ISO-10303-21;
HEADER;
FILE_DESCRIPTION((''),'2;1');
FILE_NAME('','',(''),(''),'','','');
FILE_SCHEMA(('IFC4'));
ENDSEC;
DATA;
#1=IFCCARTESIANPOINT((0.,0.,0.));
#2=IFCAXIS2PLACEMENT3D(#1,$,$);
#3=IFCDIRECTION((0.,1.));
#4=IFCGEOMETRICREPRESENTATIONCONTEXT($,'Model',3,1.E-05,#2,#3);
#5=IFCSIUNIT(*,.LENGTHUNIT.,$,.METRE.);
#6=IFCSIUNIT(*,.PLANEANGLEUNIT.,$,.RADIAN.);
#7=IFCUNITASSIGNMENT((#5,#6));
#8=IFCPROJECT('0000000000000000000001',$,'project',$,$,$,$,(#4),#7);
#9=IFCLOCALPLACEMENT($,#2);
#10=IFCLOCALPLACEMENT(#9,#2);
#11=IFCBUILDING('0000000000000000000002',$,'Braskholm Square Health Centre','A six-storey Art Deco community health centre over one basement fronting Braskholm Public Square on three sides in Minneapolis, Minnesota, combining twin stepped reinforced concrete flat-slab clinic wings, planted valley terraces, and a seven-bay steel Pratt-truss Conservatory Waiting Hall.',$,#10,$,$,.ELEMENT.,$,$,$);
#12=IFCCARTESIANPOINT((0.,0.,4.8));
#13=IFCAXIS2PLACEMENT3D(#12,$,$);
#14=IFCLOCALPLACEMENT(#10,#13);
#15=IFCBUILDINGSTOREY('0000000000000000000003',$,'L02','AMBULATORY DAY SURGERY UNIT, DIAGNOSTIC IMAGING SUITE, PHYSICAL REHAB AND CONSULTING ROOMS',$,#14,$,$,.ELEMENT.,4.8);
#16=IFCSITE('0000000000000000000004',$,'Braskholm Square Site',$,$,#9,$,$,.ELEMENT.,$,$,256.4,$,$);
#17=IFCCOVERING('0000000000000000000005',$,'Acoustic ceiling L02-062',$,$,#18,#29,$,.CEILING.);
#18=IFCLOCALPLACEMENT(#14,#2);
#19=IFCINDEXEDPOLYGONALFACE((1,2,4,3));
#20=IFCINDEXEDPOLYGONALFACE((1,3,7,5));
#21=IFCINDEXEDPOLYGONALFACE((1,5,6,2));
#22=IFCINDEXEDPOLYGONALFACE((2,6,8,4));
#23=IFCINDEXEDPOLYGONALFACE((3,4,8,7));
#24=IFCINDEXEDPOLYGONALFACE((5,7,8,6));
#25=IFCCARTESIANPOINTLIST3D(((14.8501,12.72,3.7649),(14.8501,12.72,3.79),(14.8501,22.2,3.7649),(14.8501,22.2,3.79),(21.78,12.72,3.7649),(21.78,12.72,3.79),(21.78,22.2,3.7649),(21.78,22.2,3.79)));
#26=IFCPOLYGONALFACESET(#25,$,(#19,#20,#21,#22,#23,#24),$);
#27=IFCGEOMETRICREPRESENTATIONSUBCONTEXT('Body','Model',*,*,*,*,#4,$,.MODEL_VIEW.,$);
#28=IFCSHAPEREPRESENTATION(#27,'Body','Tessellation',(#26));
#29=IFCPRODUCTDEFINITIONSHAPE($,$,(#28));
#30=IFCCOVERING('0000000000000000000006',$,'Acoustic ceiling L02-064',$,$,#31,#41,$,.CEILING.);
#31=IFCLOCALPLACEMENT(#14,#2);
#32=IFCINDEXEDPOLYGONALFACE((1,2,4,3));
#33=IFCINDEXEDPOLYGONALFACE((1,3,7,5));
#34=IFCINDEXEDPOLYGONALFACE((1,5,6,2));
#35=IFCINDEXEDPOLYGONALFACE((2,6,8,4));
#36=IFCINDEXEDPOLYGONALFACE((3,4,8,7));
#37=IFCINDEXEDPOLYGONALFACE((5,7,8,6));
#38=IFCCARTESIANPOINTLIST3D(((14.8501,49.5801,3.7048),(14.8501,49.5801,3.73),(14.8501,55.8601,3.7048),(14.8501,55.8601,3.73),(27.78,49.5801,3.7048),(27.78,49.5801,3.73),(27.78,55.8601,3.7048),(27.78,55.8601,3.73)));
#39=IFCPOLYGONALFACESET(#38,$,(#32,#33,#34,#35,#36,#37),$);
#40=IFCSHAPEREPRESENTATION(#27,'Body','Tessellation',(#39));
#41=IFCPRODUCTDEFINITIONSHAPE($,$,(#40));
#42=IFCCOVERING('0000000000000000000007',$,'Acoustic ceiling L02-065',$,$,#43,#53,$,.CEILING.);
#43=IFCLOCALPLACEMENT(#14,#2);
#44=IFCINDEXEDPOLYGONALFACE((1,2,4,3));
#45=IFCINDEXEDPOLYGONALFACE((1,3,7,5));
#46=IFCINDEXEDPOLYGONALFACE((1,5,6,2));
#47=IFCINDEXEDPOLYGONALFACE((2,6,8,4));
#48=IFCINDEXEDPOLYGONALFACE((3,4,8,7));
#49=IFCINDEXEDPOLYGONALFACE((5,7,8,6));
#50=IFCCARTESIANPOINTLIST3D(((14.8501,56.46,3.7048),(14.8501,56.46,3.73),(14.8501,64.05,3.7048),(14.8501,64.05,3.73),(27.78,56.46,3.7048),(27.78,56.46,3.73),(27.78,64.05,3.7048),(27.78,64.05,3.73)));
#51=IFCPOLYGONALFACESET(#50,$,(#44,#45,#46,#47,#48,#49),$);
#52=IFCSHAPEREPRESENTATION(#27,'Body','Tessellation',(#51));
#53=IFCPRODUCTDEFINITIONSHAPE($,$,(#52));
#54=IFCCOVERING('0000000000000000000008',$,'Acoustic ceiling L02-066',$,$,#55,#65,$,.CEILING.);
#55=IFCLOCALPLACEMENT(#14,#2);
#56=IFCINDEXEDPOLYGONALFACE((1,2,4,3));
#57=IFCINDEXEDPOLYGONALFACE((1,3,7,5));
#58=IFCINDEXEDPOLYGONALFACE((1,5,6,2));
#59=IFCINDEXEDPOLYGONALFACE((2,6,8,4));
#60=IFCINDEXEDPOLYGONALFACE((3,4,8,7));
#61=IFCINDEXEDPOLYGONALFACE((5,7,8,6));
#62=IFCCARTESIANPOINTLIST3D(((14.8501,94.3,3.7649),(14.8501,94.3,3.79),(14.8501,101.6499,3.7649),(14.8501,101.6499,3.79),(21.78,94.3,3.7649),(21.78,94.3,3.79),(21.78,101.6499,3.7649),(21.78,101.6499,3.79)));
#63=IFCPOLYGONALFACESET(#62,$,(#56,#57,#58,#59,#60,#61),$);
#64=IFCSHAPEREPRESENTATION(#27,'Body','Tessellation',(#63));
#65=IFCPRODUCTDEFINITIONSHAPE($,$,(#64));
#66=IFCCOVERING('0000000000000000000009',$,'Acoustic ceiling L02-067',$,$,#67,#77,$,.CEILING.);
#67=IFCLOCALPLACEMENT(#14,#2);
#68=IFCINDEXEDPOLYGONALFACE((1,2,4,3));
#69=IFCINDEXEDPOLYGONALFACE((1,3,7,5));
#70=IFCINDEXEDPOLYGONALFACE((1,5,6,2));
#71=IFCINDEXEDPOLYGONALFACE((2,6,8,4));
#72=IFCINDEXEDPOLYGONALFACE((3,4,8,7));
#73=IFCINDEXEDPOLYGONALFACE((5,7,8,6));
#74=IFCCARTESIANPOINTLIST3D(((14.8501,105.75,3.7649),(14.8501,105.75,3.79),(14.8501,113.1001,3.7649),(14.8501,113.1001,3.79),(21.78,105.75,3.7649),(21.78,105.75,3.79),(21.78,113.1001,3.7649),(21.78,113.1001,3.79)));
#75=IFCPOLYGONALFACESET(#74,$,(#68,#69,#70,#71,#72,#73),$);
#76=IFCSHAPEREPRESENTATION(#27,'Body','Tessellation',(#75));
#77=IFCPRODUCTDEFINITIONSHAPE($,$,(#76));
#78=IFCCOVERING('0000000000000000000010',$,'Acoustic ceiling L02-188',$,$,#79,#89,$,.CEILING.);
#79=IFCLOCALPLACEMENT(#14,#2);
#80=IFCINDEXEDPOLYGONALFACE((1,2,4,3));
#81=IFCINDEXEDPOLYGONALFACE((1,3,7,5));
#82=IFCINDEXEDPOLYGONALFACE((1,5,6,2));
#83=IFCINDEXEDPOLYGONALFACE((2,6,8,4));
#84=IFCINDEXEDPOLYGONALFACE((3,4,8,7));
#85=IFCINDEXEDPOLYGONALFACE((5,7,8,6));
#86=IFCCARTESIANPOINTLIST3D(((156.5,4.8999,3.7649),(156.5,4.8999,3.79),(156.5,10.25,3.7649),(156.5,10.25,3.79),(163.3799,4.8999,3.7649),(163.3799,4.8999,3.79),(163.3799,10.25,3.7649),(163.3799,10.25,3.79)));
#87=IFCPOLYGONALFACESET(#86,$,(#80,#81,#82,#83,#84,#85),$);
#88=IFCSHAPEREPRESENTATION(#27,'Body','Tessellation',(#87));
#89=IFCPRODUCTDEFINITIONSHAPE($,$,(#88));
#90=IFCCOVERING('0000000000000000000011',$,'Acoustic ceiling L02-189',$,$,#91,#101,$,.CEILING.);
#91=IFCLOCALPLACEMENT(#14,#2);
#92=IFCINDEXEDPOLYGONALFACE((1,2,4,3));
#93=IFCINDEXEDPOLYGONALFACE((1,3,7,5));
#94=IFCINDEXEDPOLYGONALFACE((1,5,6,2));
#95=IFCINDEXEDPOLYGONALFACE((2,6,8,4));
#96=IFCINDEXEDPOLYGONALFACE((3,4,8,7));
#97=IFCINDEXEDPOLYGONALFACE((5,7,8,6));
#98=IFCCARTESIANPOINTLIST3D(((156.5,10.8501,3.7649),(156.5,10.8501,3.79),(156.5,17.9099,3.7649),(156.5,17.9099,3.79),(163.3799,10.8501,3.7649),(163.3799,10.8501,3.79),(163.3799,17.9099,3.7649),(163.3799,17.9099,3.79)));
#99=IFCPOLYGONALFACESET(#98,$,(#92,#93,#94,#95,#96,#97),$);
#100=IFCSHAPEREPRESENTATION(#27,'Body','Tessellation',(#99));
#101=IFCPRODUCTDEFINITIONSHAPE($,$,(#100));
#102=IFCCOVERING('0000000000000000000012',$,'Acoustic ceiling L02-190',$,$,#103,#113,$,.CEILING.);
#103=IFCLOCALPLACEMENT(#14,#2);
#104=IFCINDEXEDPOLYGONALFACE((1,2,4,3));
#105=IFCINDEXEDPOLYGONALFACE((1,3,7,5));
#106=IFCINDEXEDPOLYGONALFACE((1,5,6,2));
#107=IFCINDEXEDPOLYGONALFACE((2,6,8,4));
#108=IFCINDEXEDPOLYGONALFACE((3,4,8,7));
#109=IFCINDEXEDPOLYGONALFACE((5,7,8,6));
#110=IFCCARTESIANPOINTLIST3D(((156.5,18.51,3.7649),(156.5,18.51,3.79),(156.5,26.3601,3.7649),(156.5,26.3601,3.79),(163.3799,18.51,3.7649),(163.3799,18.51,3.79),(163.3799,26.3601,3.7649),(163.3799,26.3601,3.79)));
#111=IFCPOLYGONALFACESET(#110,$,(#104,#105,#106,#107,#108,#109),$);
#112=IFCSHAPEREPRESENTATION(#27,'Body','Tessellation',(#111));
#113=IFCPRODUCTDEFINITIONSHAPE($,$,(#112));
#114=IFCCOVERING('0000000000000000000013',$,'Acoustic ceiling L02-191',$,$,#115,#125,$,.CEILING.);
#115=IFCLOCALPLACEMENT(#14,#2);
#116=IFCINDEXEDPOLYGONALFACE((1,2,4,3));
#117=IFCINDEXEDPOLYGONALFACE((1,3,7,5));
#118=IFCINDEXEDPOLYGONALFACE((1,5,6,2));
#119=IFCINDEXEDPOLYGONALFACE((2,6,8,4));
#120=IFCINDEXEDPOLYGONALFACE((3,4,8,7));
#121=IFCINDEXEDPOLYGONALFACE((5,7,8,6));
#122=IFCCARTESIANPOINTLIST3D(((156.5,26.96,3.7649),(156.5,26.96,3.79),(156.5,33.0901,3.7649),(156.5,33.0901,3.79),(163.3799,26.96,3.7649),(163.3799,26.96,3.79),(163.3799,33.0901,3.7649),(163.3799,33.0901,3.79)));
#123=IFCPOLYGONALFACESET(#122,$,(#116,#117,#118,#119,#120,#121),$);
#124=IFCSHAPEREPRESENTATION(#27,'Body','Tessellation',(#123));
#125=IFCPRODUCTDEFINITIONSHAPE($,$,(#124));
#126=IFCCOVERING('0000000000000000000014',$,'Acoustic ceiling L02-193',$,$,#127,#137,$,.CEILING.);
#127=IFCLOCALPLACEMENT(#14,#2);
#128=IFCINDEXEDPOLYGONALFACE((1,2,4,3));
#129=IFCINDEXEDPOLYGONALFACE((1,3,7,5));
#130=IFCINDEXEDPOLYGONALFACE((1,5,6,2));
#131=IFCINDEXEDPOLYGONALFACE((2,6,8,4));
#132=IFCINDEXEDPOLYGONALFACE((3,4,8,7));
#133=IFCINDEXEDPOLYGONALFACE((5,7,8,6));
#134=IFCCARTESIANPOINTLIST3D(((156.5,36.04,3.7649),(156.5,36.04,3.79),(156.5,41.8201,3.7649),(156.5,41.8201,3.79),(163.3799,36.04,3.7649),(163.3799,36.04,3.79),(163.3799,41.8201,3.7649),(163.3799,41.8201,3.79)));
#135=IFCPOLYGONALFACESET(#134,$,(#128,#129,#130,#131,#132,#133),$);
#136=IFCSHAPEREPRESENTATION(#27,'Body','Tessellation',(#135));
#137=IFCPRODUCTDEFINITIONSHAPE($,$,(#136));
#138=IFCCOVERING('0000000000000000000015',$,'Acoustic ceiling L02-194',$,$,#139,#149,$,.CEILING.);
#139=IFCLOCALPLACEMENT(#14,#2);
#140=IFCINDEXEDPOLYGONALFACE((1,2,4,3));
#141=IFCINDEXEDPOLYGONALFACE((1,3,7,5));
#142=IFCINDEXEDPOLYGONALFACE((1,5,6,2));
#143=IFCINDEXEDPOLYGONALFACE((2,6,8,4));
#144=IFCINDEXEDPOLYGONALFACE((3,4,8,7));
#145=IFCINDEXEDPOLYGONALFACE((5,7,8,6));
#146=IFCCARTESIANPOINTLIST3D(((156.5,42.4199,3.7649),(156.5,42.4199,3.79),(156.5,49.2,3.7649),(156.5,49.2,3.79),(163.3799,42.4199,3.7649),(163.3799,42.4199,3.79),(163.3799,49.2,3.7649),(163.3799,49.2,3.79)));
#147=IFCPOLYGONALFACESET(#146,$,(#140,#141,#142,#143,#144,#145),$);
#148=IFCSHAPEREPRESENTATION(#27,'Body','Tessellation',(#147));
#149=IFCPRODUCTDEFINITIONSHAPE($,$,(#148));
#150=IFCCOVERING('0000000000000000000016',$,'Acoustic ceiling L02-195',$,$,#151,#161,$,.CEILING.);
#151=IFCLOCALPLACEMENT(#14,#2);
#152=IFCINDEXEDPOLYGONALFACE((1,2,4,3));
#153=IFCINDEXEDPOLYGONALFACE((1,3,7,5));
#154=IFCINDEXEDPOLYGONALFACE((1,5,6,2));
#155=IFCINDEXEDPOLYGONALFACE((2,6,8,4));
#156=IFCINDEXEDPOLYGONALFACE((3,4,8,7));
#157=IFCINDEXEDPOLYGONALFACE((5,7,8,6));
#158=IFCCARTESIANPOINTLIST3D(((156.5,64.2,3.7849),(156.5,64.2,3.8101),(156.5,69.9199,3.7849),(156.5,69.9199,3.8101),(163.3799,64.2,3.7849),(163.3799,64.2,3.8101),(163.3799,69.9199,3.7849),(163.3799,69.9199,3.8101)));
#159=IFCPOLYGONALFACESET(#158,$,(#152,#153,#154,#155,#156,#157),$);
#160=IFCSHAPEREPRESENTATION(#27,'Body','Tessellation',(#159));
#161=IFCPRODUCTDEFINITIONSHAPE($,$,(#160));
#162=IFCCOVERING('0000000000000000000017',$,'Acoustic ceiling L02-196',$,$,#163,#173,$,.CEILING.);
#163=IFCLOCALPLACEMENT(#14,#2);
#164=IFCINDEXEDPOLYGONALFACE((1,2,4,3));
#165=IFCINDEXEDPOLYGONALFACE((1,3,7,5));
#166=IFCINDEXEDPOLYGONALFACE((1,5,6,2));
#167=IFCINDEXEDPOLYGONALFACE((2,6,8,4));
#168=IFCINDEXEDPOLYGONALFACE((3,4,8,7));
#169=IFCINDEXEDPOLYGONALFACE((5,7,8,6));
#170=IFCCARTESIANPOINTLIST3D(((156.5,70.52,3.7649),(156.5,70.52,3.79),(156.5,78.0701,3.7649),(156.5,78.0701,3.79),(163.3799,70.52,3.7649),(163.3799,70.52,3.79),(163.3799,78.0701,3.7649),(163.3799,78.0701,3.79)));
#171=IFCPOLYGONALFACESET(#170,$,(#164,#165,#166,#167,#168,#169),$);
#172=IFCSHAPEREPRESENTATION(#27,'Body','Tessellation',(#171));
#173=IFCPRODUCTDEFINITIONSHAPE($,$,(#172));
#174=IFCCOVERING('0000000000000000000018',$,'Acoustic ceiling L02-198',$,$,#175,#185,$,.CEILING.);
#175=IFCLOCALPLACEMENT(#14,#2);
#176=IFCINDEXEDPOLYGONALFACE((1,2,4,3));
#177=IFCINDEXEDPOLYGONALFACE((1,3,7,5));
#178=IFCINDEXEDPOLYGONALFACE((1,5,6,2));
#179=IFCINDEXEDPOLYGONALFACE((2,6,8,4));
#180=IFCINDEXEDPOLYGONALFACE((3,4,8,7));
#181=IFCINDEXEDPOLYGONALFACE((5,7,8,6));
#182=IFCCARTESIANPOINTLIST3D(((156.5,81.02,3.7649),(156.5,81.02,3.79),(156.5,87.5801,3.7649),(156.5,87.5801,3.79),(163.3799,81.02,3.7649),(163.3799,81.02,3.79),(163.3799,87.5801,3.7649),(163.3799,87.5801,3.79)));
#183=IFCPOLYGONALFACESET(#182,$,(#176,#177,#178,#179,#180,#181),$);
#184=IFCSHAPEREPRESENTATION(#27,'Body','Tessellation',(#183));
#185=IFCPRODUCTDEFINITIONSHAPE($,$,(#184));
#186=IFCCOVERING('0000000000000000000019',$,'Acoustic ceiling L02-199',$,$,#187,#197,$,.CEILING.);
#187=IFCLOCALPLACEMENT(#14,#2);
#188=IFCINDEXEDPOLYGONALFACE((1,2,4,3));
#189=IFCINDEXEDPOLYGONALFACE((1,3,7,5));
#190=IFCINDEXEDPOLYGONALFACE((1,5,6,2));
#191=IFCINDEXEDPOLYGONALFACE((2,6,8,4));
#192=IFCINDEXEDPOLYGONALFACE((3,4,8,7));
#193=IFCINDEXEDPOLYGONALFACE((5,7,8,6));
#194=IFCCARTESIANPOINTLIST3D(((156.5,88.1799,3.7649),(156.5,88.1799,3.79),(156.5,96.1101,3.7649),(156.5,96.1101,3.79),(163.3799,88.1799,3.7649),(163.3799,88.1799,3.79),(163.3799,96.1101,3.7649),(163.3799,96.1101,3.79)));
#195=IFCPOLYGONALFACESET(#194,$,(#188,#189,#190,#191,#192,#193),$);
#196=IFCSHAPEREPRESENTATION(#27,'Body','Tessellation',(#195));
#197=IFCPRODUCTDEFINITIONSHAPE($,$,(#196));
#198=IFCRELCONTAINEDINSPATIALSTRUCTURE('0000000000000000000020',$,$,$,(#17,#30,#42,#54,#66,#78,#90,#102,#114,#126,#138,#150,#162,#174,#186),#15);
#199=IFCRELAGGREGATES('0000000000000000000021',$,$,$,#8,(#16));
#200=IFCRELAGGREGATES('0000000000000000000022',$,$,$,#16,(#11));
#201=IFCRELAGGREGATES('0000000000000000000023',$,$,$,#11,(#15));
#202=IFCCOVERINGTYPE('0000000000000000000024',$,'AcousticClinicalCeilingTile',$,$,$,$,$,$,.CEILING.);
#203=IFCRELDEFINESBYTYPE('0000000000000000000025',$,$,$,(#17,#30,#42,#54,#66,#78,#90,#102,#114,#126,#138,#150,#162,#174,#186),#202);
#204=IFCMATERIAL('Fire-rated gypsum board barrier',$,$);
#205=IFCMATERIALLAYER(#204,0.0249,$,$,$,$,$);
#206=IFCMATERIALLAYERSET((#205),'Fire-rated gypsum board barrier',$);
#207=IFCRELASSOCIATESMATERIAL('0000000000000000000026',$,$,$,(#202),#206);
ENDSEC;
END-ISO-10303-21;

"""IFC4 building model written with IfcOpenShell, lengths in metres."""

from ifc_helpers import new_model, si_unit, direction, frame, origin, place, context, subcontext, project, spatial, polyline, outline, extrude, material, layer, layer_set, type_object, element, save


model = new_model("IFC4")

# Units and contexts
model_context = context("Model", 3, precision=1e-05, world=origin(), true_north=direction((0.0, 1.0)))
body_context = subcontext(model_context, "Body", "Model", "MODEL_VIEW")
ifc_project = project(units=[si_unit("LENGTHUNIT", "METRE"), si_unit("PLANEANGLEUNIT", "RADIAN")], contexts=[model_context])

# Site, building, storey
site_placement = place(None, origin())
site = spatial("IfcSite", under=ifc_project, at=site_placement, Name="Braskholm Square Site", CompositionType="ELEMENT", RefElevation=256.4)
building_placement = place(site_placement, origin())
building = spatial("IfcBuilding", under=site, at=building_placement, Name="Braskholm Square Health Centre", Description="A six-storey Art Deco community health centre over one basement fronting Braskholm Public Square on three sides in Minneapolis, Minnesota, combining twin stepped reinforced concrete flat-slab clinic wings, planted valley terraces, and a seven-bay steel Pratt-truss Conservatory Waiting Hall.", CompositionType="ELEMENT")
storey_placement = place(building_placement, frame((0.0, 0.0, 4.8)))
storey = spatial("IfcBuildingStorey", under=building, at=storey_placement, Name="L02", Description="AMBULATORY DAY SURGERY UNIT, DIAGNOSTIC IMAGING SUITE, PHYSICAL REHAB AND CONSULTING ROOMS", CompositionType="ELEMENT", Elevation=4.8)

# Coverings
ifc_material_1 = material(Name="Fire-rated gypsum board barrier")
ifc_layer_1 = layer(ifc_material_1, 0.0249)
ifc_layer_set_1 = layer_set([ifc_layer_1], Name="Fire-rated gypsum board barrier")
covering_type_1 = type_object("IfcCoveringType", Name="AcousticClinicalCeilingTile", PredefinedType="CEILING", material=ifc_layer_set_1)
covering_1_placement = place(storey_placement, frame((0.0, 0.0, 3.7649)))
element("IfcCovering", 1, at=covering_1_placement, inside=storey, type_object=covering_type_1, Name="Acoustic ceiling L02-062", PredefinedType="CEILING", context=body_context, shape_type="SweptSolid", body=[
    extrude(outline(polyline([(14.8501, 12.72), (21.78, 12.72), (21.78, 22.2), (14.8501, 22.2), (14.8501, 12.72)])), origin(), (0.0, 0.0, 1.0), 0.0251),
])
covering_2_placement = place(storey_placement, frame((0.0, 0.0, 3.7048)))
element("IfcCovering", 2, at=covering_2_placement, inside=storey, type_object=covering_type_1, Name="Acoustic ceiling L02-064", PredefinedType="CEILING", context=body_context, shape_type="SweptSolid", body=[
    extrude(outline(polyline([(14.8501, 49.5801), (27.78, 49.5801), (27.78, 55.8601), (14.8501, 55.8601), (14.8501, 49.5801)])), origin(), (0.0, 0.0, 1.0), 0.0251),
])
covering_3_placement = place(storey_placement, frame((0.0, 0.0, 3.7048)))
element("IfcCovering", 3, at=covering_3_placement, inside=storey, type_object=covering_type_1, Name="Acoustic ceiling L02-065", PredefinedType="CEILING", context=body_context, shape_type="SweptSolid", body=[
    extrude(outline(polyline([(14.8501, 56.46), (27.78, 56.46), (27.78, 64.05), (14.8501, 64.05), (14.8501, 56.46)])), origin(), (0.0, 0.0, 1.0), 0.0251),
])
covering_4_placement = place(storey_placement, frame((0.0, 0.0, 3.7649)))
element("IfcCovering", 4, at=covering_4_placement, inside=storey, type_object=covering_type_1, Name="Acoustic ceiling L02-066", PredefinedType="CEILING", context=body_context, shape_type="SweptSolid", body=[
    extrude(outline(polyline([(14.8501, 94.3), (21.78, 94.3), (21.78, 101.6499), (14.8501, 101.6499), (14.8501, 94.3)])), origin(), (0.0, 0.0, 1.0), 0.0251),
])
covering_5_placement = place(storey_placement, frame((0.0, 0.0, 3.7649)))
element("IfcCovering", 5, at=covering_5_placement, inside=storey, type_object=covering_type_1, Name="Acoustic ceiling L02-067", PredefinedType="CEILING", context=body_context, shape_type="SweptSolid", body=[
    extrude(outline(polyline([(14.8501, 105.75), (21.78, 105.75), (21.78, 113.1001), (14.8501, 113.1001), (14.8501, 105.75)])), origin(), (0.0, 0.0, 1.0), 0.0251),
])
covering_6_placement = place(storey_placement, frame((0.0, 0.0, 3.7649)))
element("IfcCovering", 6, at=covering_6_placement, inside=storey, type_object=covering_type_1, Name="Acoustic ceiling L02-188", PredefinedType="CEILING", context=body_context, shape_type="SweptSolid", body=[
    extrude(outline(polyline([(156.5, 4.8999), (163.3799, 4.8999), (163.3799, 10.25), (156.5, 10.25), (156.5, 4.8999)])), origin(), (0.0, 0.0, 1.0), 0.0251),
])
covering_7_placement = place(storey_placement, frame((0.0, 0.0, 3.7649)))
element("IfcCovering", 7, at=covering_7_placement, inside=storey, type_object=covering_type_1, Name="Acoustic ceiling L02-189", PredefinedType="CEILING", context=body_context, shape_type="SweptSolid", body=[
    extrude(outline(polyline([(156.5, 10.8501), (163.3799, 10.8501), (163.3799, 17.9099), (156.5, 17.9099), (156.5, 10.8501)])), origin(), (0.0, 0.0, 1.0), 0.0251),
])
covering_8_placement = place(storey_placement, frame((0.0, 0.0, 3.7649)))
element("IfcCovering", 8, at=covering_8_placement, inside=storey, type_object=covering_type_1, Name="Acoustic ceiling L02-190", PredefinedType="CEILING", context=body_context, shape_type="SweptSolid", body=[
    extrude(outline(polyline([(156.5, 18.51), (163.3799, 18.51), (163.3799, 26.3601), (156.5, 26.3601), (156.5, 18.51)])), origin(), (0.0, 0.0, 1.0), 0.0251),
])
covering_9_placement = place(storey_placement, frame((0.0, 0.0, 3.7649)))
element("IfcCovering", 9, at=covering_9_placement, inside=storey, type_object=covering_type_1, Name="Acoustic ceiling L02-191", PredefinedType="CEILING", context=body_context, shape_type="SweptSolid", body=[
    extrude(outline(polyline([(156.5, 26.96), (163.3799, 26.96), (163.3799, 33.0901), (156.5, 33.0901), (156.5, 26.96)])), origin(), (0.0, 0.0, 1.0), 0.0251),
])
covering_10_placement = place(storey_placement, frame((0.0, 0.0, 3.7649)))
element("IfcCovering", 10, at=covering_10_placement, inside=storey, type_object=covering_type_1, Name="Acoustic ceiling L02-193", PredefinedType="CEILING", context=body_context, shape_type="SweptSolid", body=[
    extrude(outline(polyline([(156.5, 36.04), (163.3799, 36.04), (163.3799, 41.8201), (156.5, 41.8201), (156.5, 36.04)])), origin(), (0.0, 0.0, 1.0), 0.0251),
])
covering_11_placement = place(storey_placement, frame((0.0, 0.0, 3.7649)))
element("IfcCovering", 11, at=covering_11_placement, inside=storey, type_object=covering_type_1, Name="Acoustic ceiling L02-194", PredefinedType="CEILING", context=body_context, shape_type="SweptSolid", body=[
    extrude(outline(polyline([(156.5, 42.4199), (163.3799, 42.4199), (163.3799, 49.2), (156.5, 49.2), (156.5, 42.4199)])), origin(), (0.0, 0.0, 1.0), 0.0251),
])
covering_12_placement = place(storey_placement, frame((0.0, 0.0, 3.7849)))
element("IfcCovering", 12, at=covering_12_placement, inside=storey, type_object=covering_type_1, Name="Acoustic ceiling L02-195", PredefinedType="CEILING", context=body_context, shape_type="SweptSolid", body=[
    extrude(outline(polyline([(156.5, 64.2), (163.3799, 64.2), (163.3799, 69.9199), (156.5, 69.9199), (156.5, 64.2)])), origin(), (0.0, 0.0, 1.0), 0.0251),
])
covering_13_placement = place(storey_placement, frame((0.0, 0.0, 3.7649)))
element("IfcCovering", 13, at=covering_13_placement, inside=storey, type_object=covering_type_1, Name="Acoustic ceiling L02-196", PredefinedType="CEILING", context=body_context, shape_type="SweptSolid", body=[
    extrude(outline(polyline([(156.5, 70.52), (163.3799, 70.52), (163.3799, 78.0701), (156.5, 78.0701), (156.5, 70.52)])), origin(), (0.0, 0.0, 1.0), 0.0251),
])
covering_14_placement = place(storey_placement, frame((0.0, 0.0, 3.7649)))
element("IfcCovering", 14, at=covering_14_placement, inside=storey, type_object=covering_type_1, Name="Acoustic ceiling L02-198", PredefinedType="CEILING", context=body_context, shape_type="SweptSolid", body=[
    extrude(outline(polyline([(156.5, 81.02), (163.3799, 81.02), (163.3799, 87.5801), (156.5, 87.5801), (156.5, 81.02)])), origin(), (0.0, 0.0, 1.0), 0.0251),
])
covering_15_placement = place(storey_placement, frame((0.0, 0.0, 3.7649)))
element("IfcCovering", 15, at=covering_15_placement, inside=storey, type_object=covering_type_1, Name="Acoustic ceiling L02-199", PredefinedType="CEILING", context=body_context, shape_type="SweptSolid", body=[
    extrude(outline(polyline([(156.5, 88.1799), (163.3799, 88.1799), (163.3799, 96.1101), (156.5, 96.1101), (156.5, 88.1799)])), origin(), (0.0, 0.0, 1.0), 0.0251),
])

save(model, "model.ifc")
